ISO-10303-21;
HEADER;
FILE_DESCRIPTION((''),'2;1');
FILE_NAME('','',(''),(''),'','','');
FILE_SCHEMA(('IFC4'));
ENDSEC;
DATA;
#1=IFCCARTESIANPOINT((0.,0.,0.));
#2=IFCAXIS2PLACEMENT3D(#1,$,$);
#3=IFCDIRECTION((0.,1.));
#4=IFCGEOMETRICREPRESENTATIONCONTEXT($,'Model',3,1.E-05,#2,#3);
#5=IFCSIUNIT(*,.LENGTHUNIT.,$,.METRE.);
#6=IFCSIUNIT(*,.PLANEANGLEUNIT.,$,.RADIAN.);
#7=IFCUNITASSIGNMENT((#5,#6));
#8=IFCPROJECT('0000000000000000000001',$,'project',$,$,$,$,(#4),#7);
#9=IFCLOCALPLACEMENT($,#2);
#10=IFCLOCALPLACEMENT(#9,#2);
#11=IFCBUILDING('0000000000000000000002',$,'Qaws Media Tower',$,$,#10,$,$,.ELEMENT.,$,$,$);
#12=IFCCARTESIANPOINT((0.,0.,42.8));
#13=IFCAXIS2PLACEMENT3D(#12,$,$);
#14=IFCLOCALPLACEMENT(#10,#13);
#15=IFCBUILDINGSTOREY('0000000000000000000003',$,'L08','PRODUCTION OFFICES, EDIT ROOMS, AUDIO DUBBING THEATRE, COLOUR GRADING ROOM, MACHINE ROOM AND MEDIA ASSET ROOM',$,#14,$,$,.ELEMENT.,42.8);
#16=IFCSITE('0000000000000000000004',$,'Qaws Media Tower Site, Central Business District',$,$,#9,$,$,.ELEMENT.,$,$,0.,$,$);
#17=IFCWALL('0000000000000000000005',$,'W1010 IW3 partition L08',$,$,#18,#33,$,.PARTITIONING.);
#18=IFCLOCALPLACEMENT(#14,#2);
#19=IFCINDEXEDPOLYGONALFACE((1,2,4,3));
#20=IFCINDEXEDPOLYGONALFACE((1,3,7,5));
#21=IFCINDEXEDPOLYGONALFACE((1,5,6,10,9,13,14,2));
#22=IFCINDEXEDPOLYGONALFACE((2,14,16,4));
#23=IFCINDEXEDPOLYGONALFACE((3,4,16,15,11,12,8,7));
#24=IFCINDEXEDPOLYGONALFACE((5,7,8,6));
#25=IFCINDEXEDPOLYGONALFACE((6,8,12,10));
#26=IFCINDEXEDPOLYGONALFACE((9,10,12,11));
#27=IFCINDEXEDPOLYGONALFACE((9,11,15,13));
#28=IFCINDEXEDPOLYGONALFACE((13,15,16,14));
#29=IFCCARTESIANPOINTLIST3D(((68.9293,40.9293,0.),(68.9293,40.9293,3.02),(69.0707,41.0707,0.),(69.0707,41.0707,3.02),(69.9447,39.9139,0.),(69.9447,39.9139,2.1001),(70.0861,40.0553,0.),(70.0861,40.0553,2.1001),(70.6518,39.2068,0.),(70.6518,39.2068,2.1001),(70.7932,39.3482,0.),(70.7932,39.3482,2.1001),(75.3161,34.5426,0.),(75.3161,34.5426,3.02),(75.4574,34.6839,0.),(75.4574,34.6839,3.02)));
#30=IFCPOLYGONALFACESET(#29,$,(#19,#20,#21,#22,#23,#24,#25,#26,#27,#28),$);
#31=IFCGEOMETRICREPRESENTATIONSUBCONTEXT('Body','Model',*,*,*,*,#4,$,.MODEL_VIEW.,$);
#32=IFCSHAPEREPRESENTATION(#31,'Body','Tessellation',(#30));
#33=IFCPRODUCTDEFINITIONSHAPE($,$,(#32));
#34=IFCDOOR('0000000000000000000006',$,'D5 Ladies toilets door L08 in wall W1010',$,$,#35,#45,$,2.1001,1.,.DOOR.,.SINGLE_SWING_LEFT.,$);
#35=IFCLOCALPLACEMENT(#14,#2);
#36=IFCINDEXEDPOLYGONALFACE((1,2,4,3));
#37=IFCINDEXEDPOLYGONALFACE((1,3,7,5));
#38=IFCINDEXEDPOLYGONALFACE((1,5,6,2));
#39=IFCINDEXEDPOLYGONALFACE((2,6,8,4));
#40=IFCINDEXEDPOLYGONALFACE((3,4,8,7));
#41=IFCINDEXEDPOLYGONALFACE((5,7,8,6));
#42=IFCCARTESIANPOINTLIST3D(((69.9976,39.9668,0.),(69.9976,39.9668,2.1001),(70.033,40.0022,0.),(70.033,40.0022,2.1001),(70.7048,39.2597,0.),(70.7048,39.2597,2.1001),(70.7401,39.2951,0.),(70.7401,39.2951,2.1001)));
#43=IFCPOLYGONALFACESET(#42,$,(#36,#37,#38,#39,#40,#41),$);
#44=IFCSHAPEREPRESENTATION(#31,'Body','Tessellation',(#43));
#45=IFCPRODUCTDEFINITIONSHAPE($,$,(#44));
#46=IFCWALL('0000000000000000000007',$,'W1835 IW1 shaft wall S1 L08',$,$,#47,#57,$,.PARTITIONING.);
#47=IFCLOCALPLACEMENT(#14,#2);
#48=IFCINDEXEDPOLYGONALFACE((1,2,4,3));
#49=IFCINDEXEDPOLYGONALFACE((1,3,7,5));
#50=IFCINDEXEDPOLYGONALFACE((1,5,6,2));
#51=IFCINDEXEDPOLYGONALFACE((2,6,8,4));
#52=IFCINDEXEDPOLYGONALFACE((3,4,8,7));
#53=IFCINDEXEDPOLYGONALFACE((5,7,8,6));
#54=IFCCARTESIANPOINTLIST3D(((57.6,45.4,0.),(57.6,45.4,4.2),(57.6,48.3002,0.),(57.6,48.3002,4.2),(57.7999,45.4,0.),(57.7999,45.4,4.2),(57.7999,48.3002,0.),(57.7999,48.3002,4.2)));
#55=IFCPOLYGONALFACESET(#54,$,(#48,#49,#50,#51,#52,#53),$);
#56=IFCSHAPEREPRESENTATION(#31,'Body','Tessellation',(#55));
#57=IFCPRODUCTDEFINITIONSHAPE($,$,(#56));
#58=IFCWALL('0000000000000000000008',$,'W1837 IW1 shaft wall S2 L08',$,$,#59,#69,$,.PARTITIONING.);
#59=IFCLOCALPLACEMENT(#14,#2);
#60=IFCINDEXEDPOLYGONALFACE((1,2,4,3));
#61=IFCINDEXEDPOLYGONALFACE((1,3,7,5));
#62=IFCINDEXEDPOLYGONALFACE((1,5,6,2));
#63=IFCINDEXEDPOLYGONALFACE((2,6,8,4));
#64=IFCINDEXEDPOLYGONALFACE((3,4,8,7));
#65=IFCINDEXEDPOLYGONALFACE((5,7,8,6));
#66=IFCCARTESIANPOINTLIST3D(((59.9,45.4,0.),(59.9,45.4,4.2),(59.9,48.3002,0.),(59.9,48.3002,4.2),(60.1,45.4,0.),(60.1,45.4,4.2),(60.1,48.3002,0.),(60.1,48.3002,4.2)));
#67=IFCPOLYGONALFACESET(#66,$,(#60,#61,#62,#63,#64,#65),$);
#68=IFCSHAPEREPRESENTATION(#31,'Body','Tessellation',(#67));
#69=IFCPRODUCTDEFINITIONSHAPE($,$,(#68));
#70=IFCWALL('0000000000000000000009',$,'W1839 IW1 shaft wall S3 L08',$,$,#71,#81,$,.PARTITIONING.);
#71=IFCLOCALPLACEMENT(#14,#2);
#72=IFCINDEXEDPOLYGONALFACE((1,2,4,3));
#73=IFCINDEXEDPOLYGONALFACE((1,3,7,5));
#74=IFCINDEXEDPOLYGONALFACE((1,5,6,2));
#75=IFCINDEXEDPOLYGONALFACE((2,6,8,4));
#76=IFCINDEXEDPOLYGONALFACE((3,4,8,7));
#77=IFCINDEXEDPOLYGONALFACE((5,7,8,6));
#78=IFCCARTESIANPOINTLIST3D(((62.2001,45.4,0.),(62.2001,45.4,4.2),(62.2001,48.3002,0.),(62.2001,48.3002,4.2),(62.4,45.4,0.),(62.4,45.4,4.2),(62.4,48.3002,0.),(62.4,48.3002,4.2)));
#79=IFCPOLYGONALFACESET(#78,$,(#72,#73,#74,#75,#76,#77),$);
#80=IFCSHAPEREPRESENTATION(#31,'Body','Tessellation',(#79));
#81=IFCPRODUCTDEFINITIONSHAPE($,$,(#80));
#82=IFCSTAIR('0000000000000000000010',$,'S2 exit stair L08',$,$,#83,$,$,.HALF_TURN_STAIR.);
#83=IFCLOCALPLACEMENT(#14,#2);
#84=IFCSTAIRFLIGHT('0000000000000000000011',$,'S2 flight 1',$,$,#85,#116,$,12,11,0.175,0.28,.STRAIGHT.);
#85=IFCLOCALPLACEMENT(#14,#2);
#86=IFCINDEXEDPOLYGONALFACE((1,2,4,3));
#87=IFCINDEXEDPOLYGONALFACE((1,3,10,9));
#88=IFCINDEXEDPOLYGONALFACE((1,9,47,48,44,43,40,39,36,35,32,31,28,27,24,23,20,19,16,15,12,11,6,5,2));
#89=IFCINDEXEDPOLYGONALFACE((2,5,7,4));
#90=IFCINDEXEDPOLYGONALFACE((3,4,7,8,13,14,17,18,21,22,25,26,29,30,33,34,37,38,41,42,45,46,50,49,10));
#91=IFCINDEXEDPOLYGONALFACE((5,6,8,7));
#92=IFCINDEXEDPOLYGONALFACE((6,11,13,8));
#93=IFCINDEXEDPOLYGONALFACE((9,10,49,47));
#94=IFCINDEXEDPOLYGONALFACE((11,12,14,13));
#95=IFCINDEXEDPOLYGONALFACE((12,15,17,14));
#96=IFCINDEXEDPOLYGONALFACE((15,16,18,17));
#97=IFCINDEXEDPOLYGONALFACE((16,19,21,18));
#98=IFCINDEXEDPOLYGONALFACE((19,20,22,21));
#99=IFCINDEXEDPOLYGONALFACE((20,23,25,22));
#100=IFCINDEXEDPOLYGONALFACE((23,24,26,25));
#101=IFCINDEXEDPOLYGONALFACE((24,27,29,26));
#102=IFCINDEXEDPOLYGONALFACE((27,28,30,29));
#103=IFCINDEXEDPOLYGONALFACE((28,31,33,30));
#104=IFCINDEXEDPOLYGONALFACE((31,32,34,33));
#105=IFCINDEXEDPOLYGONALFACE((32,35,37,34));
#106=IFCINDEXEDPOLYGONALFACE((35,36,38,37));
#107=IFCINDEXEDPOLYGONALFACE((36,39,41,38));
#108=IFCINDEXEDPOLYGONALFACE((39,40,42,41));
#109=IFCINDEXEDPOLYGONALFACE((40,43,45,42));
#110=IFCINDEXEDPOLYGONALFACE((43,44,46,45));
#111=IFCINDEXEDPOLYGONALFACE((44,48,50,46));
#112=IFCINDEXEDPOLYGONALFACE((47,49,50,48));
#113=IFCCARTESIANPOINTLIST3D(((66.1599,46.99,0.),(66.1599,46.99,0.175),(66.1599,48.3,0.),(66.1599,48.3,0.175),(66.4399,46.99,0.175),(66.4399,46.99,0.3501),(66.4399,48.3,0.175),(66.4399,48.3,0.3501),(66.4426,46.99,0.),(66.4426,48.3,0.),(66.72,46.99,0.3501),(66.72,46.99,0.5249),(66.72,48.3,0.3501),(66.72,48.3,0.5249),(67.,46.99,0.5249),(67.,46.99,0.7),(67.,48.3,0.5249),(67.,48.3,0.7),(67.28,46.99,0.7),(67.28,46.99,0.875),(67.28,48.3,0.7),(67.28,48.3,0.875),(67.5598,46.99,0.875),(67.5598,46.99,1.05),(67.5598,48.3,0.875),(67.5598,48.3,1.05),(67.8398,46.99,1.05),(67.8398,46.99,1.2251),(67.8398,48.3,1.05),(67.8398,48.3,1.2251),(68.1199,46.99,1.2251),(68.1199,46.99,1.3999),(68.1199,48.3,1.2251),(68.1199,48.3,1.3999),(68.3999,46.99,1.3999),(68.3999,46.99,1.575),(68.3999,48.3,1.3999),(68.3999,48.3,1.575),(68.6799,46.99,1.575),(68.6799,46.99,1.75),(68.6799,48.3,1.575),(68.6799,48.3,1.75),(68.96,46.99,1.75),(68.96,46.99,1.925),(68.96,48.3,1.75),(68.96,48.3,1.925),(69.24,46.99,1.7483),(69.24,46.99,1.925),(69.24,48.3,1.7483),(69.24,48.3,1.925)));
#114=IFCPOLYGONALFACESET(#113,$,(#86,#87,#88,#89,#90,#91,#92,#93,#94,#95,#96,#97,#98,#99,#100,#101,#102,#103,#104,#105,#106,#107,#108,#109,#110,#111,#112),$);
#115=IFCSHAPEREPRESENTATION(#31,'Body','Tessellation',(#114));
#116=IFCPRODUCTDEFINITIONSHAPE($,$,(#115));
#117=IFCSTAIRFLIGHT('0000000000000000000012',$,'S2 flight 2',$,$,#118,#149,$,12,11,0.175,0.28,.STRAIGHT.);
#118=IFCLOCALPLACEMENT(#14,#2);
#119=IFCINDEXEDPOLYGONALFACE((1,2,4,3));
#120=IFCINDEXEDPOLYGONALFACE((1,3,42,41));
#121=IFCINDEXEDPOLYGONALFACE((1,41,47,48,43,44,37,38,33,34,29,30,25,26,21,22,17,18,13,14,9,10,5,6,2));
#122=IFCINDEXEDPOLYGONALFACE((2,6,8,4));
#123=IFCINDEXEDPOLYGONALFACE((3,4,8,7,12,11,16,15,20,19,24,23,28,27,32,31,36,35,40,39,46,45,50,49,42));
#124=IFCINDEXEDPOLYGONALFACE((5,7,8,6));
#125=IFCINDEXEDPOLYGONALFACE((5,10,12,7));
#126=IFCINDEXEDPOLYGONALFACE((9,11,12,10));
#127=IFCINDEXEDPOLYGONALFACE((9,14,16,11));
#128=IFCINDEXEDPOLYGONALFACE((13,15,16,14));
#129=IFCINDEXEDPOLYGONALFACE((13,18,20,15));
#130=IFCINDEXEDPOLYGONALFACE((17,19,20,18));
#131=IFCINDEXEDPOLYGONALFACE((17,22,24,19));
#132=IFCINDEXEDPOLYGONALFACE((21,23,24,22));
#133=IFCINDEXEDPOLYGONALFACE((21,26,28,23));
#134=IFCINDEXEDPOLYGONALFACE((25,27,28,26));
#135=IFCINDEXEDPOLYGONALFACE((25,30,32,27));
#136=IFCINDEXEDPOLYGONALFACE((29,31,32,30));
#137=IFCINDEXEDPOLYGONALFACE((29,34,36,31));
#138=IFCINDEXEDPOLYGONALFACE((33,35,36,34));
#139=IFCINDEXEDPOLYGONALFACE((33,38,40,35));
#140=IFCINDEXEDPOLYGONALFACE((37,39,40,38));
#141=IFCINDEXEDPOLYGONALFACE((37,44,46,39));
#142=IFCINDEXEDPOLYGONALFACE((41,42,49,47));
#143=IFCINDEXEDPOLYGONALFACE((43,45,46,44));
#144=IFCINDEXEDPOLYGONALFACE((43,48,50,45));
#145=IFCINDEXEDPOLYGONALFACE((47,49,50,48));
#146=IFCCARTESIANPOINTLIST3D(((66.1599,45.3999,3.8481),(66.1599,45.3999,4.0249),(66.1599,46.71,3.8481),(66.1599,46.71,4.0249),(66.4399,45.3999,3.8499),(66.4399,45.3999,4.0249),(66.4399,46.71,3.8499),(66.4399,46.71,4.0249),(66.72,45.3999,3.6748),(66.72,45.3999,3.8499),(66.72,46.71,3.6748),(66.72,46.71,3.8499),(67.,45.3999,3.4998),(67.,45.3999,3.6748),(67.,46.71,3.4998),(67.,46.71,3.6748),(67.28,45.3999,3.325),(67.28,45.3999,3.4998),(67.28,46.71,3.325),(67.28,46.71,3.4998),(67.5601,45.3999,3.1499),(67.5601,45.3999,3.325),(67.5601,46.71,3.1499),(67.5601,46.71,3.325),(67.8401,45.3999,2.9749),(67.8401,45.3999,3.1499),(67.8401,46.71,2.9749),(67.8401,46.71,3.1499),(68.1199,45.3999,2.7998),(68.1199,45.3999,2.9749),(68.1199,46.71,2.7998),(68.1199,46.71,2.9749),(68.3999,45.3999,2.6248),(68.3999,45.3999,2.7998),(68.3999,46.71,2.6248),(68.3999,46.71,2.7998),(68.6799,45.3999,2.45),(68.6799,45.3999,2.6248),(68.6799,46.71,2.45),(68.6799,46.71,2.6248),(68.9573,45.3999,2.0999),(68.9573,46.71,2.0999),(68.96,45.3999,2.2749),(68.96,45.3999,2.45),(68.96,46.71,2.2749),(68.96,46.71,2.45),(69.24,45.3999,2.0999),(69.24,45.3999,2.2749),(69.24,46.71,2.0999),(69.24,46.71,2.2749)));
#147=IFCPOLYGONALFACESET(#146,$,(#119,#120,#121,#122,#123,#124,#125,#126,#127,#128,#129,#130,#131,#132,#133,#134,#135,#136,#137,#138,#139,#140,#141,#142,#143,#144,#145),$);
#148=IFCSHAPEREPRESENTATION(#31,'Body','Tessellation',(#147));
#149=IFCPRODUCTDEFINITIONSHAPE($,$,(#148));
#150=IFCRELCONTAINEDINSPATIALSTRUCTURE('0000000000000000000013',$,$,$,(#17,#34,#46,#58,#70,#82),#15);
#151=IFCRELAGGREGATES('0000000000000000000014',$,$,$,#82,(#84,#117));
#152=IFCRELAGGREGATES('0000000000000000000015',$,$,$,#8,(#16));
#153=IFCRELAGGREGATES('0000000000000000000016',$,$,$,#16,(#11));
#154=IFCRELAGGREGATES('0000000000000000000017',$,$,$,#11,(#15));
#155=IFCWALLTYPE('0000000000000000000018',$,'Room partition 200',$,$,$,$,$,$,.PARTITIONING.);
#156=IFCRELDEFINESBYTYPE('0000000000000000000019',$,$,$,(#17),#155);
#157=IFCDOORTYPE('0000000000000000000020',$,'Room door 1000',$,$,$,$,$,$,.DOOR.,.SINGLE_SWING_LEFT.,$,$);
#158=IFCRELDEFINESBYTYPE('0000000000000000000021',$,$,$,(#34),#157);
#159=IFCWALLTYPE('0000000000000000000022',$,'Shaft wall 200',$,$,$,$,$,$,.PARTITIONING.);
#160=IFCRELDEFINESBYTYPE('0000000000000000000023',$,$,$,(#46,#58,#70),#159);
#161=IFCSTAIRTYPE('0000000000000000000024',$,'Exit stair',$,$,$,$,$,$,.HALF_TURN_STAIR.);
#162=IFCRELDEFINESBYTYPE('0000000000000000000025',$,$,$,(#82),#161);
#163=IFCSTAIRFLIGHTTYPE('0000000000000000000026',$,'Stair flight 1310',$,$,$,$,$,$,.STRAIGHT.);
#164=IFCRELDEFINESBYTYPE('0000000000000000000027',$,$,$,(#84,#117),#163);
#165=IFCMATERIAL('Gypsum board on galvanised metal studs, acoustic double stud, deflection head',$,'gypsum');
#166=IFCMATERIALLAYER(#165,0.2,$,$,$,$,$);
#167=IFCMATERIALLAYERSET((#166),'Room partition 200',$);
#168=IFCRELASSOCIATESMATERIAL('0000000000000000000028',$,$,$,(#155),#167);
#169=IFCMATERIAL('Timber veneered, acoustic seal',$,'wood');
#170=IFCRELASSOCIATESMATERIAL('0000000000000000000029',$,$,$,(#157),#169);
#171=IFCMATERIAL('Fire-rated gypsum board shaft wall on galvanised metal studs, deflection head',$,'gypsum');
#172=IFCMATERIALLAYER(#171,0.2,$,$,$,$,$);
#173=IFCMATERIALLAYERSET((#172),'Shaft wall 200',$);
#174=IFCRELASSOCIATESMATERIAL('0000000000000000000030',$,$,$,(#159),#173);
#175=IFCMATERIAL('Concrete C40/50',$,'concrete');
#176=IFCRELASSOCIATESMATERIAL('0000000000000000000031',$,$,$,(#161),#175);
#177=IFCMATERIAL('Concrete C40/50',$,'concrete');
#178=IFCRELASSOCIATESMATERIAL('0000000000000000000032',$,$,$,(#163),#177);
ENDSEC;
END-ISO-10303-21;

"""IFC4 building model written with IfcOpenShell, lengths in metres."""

from ifc_helpers import new_model, si_unit, direction, frame, frame_2d, origin, place, context, subcontext, project, spatial, polyline, rectangle, outline, extrude, material, layer, layer_set, type_object, element, fill, aggregate, save


model = new_model("IFC4")

# Units and contexts
model_context = context("Model", 3, precision=1e-05, world=origin(), true_north=direction((0.0, 1.0)))
body_context = subcontext(model_context, "Body", "Model", "MODEL_VIEW")
ifc_project = project(units=[si_unit("LENGTHUNIT", "METRE"), si_unit("PLANEANGLEUNIT", "RADIAN")], contexts=[model_context])

# Site, building, storey
site_placement = place(None, origin())
site = spatial("IfcSite", under=ifc_project, at=site_placement, Name="Qaws Media Tower Site, Central Business District", CompositionType="ELEMENT", RefElevation=0.0)
building_placement = place(site_placement, origin())
building = spatial("IfcBuilding", under=site, at=building_placement, Name="Qaws Media Tower", CompositionType="ELEMENT")
storey_placement = place(building_placement, frame((0.0, 0.0, 42.8)))
storey = spatial("IfcBuildingStorey", under=building, at=storey_placement, Name="L08", Description="PRODUCTION OFFICES, EDIT ROOMS, AUDIO DUBBING THEATRE, COLOUR GRADING ROOM, MACHINE ROOM AND MEDIA ASSET ROOM", CompositionType="ELEMENT", Elevation=42.8)

# Shared definitions
ifc_material_1 = material(Name="Gypsum board on galvanised metal studs, acoustic double stud, deflection head", Category="gypsum")
ifc_layer_1 = layer(ifc_material_1, 0.2)
ifc_layer_set_1 = layer_set([ifc_layer_1], Name="Room partition 200")
wall_type_1 = type_object("IfcWallType", Name="Room partition 200", PredefinedType="PARTITIONING", material=ifc_layer_set_1)

# Shared definitions
ifc_material_2 = material(Name="Timber veneered, acoustic seal", Category="wood")
door_type_1 = type_object("IfcDoorType", Name="Room door 1000", OperationType="SINGLE_SWING_LEFT", PredefinedType="DOOR", material=ifc_material_2)

# Wall, opening, door
wall_1_placement = place(storey_placement, frame((69.0, 41.0, 0.0), z_axis=(0.0, 0.0, 1.0), x_axis=(0.707107, -0.707107, 0.0)))
wall_1 = element("IfcWall", 1, at=wall_1_placement, inside=storey, type_object=wall_type_1, Name="W1010 IW3 partition L08", PredefinedType="PARTITIONING", context=body_context, shape_type="SweptSolid", body=[
    extrude(rectangle(XDim=9.0322, YDim=0.2, at=frame_2d((4.5161, 0.0))), origin(), (0.0, 0.0, 1.0), 3.02),
])
opening_1_placement = place(wall_1_placement, frame((1.436, 0.0, 0.0)))
opening_1 = element("IfcOpeningElement", 2, at=opening_1_placement, cuts=wall_1, PredefinedType="OPENING", context=body_context, shape_type="SweptSolid", body=[
    extrude(rectangle(XDim=1.0, YDim=2.1001, at=frame_2d((0.5, 1.05))), frame((0.0, 0.1099, 0.0), z_axis=(0.0, -1.0, 0.0), x_axis=(1.0, 0.0, 0.0)), (0.0, 0.0, 1.0), 0.22),
])
door_1_placement = place(opening_1_placement, origin())
door_1 = element("IfcDoor", 3, at=door_1_placement, inside=storey, type_object=door_type_1, Name="D5 Ladies toilets door L08 in wall W1010", OperationType="SINGLE_SWING_LEFT", OverallHeight=2.1001, OverallWidth=1.0, PredefinedType="DOOR", context=body_context, shape_type="SweptSolid", body=[
    extrude(rectangle(XDim=1.0, YDim=2.1001, at=frame_2d((0.5, 1.05))), frame((0.0, 0.0249, 0.0), z_axis=(0.0, -1.0, 0.0), x_axis=(1.0, 0.0, 0.0)), (0.0, 0.0, 1.0), 0.05),
])
fill(opening_1, door_1)

# Walls
ifc_material_3 = material(Name="Fire-rated gypsum board shaft wall on galvanised metal studs, deflection head", Category="gypsum")
ifc_layer_2 = layer(ifc_material_3, 0.2)
ifc_layer_set_2 = layer_set([ifc_layer_2], Name="Shaft wall 200")
wall_type_2 = type_object("IfcWallType", Name="Shaft wall 200", PredefinedType="PARTITIONING", material=ifc_layer_set_2)
for number, where, z_axis, x_axis, name in (
    (4, (57.7, 45.3999, 0.0), (0.0, 0.0, 1.0), (0.0, 1.0, 0.0), "W1835 IW1 shaft wall S1 L08"),
    (5, (60.0, 45.3999, 0.0), (0.0, 0.0, 1.0), (0.0, 1.0, 0.0), "W1837 IW1 shaft wall S2 L08"),
    (6, (62.3, 45.3999, 0.0), (0.0, 0.0, 1.0), (0.0, 1.0, 0.0), "W1839 IW1 shaft wall S3 L08"),
):
    element("IfcWall", number, at=place(storey_placement, frame(where, z_axis=z_axis, x_axis=x_axis)), inside=storey, type_object=wall_type_2, Name=name, PredefinedType="PARTITIONING", context=body_context, shape_type="SweptSolid", body=[
        extrude(rectangle(XDim=2.9001, YDim=0.2, at=frame_2d((1.4502, 0.0))), origin(), (0.0, 0.0, 1.0), 4.2),
    ])

# Stair, stair flights
ifc_material_4 = material(Name="Concrete C40/50", Category="concrete")
stair_type = type_object("IfcStairType", Name="Exit stair", PredefinedType="HALF_TURN_STAIR", material=ifc_material_4)
stair_placement = place(storey_placement, origin())
stair = element("IfcStair", 7, at=stair_placement, inside=storey, type_object=stair_type, Name="S2 exit stair L08", PredefinedType="HALF_TURN_STAIR")
ifc_material_5 = material(Name="Concrete C40/50", Category="concrete")
stair_flight_type = type_object("IfcStairFlightType", Name="Stair flight 1310", PredefinedType="STRAIGHT", material=ifc_material_5)
stair_flight_1_placement = place(storey_placement, frame((66.1599, 47.645, 0.0), z_axis=(0.0, 0.0, 1.0), x_axis=(1.0, 0.0, 0.0)))
stair_flight_1 = element("IfcStairFlight", 8, at=stair_flight_1_placement, type_object=stair_flight_type, Name="S2 flight 1", NumberOfRisers=12, NumberOfTreads=11, PredefinedType="STRAIGHT", RiserHeight=0.175, TreadLength=0.28, context=body_context, shape_type="SweptSolid", body=[
    extrude(outline(polyline([(0.0, 0.0), (0.0, 0.175), (0.28, 0.175), (0.28, 0.3501), (0.5601, 0.3501), (0.5601, 0.5249), (0.8401, 0.5249), (0.8401, 0.7), (1.1201, 0.7), (1.1201, 0.875), (1.3999, 0.875), (1.3999, 1.05), (1.6799, 1.05), (1.6799, 1.2251), (1.96, 1.2251), (1.96, 1.3999), (2.24, 1.3999), (2.24, 1.575), (2.52, 1.575), (2.52, 1.75), (2.8, 1.75), (2.8, 1.925), (3.0801, 1.925), (3.0801, 2.1001), (3.0801, 1.7483), (0.2827, 0.0), (0.0, 0.0)])), frame((0.0, 0.655, 0.0), z_axis=(0.0, -1.0, 0.0), x_axis=(1.0, 0.0, 0.0)), (0.0, 0.0, 1.0), 1.3101),
])
stair_flight_2_placement = place(storey_placement, frame((69.24, 46.0549, 2.0999), z_axis=(0.0, 0.0, 1.0), x_axis=(-1.0, 0.0, 0.0)))
stair_flight_2 = element("IfcStairFlight", 9, at=stair_flight_2_placement, type_object=stair_flight_type, Name="S2 flight 2", NumberOfRisers=12, NumberOfTreads=11, PredefinedType="STRAIGHT", RiserHeight=0.175, TreadLength=0.28, context=body_context, shape_type="SweptSolid", body=[
    extrude(outline(polyline([(0.0, 0.0), (0.0, 0.175), (0.28, 0.175), (0.28, 0.3501), (0.5601, 0.3501), (0.5601, 0.5249), (0.8401, 0.5249), (0.8401, 0.7), (1.1201, 0.7), (1.1201, 0.875), (1.3999, 0.875), (1.3999, 1.05), (1.6799, 1.05), (1.6799, 1.2251), (1.96, 1.2251), (1.96, 1.3999), (2.24, 1.3999), (2.24, 1.575), (2.52, 1.575), (2.52, 1.75), (2.8, 1.75), (2.8, 1.925), (3.0801, 1.925), (3.0801, 2.1001), (3.0801, 1.7483), (0.2827, 0.0), (0.0, 0.0)])), frame((0.0, 0.655, 0.0), z_axis=(0.0, -1.0, 0.0), x_axis=(1.0, 0.0, 0.0)), (0.0, 0.0, 1.0), 1.3101),
])
aggregate(stair, [stair_flight_1, stair_flight_2])

save(model, "model.ifc")
